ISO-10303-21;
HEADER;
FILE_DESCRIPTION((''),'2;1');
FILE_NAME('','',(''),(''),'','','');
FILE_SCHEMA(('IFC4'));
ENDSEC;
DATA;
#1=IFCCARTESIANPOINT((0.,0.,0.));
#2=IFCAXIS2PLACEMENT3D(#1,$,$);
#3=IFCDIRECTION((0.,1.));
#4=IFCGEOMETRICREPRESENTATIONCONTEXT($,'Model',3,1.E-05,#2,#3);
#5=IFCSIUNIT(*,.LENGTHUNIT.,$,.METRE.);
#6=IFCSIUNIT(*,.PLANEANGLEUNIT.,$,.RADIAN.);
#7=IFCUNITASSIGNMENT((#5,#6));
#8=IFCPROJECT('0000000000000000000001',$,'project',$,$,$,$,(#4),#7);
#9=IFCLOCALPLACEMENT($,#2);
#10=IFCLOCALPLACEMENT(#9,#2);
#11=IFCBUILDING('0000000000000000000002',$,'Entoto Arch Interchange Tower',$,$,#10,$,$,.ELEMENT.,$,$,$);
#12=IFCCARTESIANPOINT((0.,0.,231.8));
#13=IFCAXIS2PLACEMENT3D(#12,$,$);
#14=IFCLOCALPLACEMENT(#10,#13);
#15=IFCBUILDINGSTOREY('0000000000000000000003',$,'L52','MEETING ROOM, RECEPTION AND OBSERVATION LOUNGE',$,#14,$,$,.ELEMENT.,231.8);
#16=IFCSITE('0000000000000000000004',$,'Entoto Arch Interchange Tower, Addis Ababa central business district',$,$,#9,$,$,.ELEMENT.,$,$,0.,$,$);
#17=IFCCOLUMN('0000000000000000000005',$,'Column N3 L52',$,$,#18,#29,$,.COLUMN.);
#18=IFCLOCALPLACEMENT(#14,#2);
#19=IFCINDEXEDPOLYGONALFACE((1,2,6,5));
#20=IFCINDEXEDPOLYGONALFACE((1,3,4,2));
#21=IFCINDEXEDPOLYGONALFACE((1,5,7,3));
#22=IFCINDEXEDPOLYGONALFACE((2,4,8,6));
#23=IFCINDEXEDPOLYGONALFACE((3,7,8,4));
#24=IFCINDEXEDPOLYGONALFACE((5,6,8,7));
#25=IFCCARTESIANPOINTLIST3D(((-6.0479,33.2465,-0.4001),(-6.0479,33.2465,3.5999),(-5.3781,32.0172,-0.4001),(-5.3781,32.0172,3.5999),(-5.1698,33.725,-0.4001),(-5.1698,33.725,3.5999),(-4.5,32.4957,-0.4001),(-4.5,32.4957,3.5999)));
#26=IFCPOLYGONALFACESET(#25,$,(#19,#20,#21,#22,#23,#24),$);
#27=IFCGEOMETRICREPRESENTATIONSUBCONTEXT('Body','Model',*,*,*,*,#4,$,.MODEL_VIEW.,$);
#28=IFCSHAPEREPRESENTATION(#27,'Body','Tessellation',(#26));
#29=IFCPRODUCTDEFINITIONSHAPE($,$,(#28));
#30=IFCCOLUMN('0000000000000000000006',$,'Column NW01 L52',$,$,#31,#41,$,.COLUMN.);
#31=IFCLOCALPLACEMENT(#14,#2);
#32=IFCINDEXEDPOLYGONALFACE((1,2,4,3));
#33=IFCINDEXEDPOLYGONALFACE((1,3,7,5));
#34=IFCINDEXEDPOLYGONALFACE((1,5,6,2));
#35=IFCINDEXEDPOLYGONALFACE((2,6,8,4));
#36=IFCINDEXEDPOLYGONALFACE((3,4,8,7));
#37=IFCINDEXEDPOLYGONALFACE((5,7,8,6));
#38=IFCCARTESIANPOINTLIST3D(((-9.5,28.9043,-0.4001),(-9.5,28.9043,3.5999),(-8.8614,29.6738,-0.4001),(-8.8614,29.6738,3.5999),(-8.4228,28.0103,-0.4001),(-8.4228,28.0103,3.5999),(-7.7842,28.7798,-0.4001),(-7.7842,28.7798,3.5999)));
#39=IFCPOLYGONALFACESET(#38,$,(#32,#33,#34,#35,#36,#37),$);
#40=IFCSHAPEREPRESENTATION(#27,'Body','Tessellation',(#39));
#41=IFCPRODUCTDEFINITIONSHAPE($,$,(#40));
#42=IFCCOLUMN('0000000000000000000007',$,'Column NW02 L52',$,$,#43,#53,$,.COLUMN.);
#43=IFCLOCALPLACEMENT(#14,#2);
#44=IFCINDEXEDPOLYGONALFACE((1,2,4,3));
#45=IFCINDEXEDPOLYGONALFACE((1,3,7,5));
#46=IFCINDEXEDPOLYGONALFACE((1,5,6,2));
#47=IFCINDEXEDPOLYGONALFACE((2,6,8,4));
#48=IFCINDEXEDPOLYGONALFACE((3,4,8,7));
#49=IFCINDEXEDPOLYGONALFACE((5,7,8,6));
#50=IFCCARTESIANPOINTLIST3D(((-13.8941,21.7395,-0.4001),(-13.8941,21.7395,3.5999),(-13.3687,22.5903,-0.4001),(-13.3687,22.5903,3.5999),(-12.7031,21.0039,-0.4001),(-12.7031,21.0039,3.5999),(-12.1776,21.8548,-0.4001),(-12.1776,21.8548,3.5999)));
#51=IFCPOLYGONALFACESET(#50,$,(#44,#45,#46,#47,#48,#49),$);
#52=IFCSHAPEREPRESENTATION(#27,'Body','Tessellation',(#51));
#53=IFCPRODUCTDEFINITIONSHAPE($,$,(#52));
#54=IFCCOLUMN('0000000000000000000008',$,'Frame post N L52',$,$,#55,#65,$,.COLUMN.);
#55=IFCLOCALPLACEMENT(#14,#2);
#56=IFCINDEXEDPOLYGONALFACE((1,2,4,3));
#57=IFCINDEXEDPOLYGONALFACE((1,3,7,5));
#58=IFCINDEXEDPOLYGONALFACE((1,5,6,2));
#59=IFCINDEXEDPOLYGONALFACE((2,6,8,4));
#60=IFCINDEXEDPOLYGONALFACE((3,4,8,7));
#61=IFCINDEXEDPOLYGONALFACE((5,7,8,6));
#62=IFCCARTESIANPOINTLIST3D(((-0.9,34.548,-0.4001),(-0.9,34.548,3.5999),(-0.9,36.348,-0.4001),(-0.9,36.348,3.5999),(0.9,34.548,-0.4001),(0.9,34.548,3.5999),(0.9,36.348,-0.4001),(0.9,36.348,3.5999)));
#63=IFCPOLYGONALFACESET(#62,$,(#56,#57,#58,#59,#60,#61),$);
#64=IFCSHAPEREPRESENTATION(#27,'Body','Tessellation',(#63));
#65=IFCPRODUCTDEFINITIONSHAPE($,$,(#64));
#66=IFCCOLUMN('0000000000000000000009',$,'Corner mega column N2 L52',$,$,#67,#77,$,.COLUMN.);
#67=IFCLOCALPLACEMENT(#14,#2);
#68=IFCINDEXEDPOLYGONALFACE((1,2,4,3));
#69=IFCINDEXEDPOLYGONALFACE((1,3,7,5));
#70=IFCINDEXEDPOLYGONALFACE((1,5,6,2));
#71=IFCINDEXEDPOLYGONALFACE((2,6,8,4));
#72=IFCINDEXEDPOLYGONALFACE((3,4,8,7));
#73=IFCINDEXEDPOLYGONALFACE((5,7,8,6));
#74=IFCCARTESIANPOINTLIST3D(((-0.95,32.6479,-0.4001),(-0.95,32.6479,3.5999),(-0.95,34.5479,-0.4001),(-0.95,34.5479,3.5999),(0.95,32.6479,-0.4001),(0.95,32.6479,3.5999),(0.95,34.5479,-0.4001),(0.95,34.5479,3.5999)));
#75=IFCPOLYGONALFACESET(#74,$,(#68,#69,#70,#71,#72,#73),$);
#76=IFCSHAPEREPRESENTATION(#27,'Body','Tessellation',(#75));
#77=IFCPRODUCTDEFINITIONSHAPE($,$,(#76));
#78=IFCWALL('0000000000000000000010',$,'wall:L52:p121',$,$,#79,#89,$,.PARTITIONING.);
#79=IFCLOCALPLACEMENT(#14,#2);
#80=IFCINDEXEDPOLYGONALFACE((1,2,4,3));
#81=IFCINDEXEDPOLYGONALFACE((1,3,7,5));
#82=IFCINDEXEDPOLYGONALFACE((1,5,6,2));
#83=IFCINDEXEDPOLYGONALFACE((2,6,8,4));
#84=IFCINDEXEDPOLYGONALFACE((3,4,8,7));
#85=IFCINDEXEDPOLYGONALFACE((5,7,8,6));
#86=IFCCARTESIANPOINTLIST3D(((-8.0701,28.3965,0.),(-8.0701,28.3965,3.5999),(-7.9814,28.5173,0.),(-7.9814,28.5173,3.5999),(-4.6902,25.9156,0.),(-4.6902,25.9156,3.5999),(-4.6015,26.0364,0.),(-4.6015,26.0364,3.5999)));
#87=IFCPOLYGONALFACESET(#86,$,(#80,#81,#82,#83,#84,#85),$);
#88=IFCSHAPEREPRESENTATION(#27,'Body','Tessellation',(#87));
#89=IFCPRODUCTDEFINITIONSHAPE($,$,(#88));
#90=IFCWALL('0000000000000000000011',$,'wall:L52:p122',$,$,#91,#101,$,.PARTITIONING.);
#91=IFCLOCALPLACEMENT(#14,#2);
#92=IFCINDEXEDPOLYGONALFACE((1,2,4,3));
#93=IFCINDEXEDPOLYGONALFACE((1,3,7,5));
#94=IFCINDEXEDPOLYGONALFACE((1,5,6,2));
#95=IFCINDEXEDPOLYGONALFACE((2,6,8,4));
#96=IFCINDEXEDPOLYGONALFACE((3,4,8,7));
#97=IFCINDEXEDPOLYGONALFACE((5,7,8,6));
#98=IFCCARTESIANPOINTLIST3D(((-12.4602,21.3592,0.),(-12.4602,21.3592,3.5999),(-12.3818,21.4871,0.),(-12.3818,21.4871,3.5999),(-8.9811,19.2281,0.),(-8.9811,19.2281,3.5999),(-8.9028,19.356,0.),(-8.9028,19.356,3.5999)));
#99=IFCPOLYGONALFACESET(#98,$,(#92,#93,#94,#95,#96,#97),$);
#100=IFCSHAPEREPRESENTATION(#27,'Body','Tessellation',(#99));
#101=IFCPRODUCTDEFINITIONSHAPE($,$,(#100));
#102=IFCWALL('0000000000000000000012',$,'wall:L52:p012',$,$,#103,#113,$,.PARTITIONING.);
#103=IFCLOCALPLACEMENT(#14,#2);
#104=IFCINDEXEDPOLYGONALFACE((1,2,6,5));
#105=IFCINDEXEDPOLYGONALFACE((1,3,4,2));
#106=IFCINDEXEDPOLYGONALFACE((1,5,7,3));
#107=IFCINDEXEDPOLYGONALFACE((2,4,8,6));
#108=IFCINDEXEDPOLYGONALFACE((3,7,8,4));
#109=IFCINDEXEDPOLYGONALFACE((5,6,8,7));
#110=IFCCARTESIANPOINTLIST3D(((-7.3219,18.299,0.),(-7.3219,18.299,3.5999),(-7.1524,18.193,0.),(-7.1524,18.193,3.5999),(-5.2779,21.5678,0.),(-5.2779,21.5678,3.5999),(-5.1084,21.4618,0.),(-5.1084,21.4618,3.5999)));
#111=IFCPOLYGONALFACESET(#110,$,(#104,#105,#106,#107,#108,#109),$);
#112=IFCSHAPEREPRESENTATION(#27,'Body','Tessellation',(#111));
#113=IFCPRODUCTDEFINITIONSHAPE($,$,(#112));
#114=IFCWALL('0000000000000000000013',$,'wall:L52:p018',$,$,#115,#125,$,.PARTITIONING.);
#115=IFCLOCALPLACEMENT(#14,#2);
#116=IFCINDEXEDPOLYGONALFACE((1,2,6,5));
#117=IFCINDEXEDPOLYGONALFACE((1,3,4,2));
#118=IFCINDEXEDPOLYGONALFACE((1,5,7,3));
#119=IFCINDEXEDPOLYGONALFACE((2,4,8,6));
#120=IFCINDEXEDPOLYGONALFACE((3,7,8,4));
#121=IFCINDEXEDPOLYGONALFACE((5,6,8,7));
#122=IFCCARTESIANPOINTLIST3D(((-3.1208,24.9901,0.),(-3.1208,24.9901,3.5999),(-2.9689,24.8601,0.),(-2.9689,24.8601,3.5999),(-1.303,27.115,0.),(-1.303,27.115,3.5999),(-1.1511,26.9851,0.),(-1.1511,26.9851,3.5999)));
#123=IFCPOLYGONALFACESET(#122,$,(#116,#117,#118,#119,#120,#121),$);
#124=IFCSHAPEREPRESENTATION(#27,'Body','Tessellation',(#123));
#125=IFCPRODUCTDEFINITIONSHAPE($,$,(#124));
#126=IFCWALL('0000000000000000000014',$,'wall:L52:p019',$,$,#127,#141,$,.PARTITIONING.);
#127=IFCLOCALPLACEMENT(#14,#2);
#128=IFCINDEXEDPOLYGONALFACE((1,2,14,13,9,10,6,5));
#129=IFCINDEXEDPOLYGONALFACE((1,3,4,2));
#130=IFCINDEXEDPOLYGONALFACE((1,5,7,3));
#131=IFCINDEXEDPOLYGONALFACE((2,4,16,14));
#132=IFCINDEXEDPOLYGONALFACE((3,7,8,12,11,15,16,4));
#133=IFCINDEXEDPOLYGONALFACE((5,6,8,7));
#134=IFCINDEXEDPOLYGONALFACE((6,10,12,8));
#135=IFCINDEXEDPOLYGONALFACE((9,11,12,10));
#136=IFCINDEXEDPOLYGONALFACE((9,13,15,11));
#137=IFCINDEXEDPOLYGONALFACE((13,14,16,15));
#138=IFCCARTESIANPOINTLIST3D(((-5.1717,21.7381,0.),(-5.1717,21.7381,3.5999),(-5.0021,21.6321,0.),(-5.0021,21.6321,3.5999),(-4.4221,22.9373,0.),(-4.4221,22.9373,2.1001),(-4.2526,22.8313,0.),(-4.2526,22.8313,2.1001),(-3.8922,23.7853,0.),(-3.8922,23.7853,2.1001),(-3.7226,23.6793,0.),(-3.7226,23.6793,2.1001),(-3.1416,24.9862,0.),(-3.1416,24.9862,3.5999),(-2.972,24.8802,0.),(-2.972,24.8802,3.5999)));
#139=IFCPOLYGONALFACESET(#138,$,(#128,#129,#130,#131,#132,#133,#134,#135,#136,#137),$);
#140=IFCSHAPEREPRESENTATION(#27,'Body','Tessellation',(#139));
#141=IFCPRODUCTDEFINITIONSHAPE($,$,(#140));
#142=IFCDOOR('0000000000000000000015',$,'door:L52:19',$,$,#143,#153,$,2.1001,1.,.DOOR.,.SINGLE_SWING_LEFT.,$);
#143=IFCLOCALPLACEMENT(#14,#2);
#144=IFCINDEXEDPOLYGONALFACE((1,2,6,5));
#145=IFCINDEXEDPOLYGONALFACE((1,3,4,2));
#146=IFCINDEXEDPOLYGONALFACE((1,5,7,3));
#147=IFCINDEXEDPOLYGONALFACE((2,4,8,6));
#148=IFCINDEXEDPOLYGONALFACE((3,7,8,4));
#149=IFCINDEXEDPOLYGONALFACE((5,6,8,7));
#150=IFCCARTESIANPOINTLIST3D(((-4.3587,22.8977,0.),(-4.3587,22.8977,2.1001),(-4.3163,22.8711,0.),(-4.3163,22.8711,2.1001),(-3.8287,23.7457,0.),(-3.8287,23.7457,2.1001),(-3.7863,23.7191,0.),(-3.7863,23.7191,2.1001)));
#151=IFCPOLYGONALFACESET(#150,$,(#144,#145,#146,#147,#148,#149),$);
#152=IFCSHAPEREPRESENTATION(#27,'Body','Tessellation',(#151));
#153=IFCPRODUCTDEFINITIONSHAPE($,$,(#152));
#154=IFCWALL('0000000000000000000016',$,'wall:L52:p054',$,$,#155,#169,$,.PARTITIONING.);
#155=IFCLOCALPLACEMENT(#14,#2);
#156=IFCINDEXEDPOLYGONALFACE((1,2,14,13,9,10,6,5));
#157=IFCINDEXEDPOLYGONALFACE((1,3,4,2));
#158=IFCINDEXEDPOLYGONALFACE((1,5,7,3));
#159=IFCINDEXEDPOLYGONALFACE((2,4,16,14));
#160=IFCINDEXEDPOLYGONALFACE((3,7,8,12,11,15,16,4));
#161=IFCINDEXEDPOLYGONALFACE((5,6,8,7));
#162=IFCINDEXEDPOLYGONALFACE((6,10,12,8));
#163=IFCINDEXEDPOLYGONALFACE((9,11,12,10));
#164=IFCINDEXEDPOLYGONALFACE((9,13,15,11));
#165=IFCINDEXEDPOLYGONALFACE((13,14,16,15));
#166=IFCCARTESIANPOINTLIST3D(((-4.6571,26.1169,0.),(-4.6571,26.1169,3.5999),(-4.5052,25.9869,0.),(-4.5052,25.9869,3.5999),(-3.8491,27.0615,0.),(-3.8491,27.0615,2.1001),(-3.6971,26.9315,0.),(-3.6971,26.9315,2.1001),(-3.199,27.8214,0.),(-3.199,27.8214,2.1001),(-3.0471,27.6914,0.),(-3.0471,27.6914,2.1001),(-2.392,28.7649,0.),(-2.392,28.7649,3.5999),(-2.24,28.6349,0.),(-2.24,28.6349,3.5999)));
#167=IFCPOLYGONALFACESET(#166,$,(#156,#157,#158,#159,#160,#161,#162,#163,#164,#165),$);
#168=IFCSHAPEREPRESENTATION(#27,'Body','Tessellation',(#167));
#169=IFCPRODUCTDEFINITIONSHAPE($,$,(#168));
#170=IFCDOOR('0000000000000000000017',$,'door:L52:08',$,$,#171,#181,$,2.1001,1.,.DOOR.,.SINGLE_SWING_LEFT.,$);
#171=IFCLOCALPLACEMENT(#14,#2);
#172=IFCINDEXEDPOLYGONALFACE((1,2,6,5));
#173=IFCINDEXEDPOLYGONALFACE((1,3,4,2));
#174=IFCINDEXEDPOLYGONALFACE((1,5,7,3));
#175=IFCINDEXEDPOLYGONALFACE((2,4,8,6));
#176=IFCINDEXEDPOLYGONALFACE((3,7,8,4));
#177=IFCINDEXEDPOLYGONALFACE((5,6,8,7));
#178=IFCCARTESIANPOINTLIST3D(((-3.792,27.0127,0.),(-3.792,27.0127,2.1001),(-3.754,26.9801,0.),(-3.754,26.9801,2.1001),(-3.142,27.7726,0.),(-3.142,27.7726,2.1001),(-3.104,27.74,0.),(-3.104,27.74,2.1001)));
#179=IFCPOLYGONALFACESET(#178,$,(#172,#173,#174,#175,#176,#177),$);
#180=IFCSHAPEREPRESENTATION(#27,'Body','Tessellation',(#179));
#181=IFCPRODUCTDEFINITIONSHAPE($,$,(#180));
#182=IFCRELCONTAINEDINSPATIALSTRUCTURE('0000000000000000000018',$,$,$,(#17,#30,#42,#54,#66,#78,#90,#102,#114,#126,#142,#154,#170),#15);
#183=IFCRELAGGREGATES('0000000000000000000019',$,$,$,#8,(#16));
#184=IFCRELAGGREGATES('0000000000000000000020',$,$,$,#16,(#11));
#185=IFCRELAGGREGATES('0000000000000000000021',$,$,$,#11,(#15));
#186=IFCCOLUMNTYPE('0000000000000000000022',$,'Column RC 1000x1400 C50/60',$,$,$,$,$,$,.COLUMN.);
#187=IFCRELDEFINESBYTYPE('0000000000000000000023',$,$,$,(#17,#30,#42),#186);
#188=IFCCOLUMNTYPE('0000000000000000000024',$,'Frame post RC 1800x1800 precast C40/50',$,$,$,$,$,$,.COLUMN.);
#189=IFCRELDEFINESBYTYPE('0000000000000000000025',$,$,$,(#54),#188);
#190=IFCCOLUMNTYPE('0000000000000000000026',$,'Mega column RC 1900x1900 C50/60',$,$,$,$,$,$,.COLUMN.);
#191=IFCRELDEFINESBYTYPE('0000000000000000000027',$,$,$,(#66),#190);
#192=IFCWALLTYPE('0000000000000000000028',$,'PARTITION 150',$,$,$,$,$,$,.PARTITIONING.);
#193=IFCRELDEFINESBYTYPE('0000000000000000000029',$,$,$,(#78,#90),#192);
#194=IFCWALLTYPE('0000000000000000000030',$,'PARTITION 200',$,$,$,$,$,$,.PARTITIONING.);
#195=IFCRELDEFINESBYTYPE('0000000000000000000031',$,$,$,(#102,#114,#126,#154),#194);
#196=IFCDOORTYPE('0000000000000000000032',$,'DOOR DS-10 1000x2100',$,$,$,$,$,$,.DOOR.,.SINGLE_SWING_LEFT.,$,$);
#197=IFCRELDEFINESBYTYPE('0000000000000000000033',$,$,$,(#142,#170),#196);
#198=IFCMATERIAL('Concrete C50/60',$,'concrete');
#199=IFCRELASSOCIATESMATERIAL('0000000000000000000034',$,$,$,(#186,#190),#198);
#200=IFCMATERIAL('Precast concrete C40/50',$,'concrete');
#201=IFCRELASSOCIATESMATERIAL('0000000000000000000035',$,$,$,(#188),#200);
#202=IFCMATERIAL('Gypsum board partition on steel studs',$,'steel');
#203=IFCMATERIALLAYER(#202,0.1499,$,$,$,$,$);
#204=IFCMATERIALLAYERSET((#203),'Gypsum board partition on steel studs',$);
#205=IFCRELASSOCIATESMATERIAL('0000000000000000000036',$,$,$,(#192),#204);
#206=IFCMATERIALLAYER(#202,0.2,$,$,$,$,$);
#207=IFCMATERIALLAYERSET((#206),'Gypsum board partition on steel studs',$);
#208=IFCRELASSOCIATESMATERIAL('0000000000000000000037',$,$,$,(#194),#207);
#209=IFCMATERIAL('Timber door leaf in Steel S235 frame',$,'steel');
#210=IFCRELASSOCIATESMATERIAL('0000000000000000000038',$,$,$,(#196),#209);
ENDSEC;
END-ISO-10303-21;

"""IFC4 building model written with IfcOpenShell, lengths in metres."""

from ifc_helpers import new_model, si_unit, direction, frame, frame_2d, origin, origin_2d, place, context, subcontext, project, spatial, rectangle, extrude, material, layer, layer_set, material_profile, profile_set, type_object, element, fill, save


model = new_model("IFC4")

# Units and contexts
model_context = context("Model", 3, precision=1e-05, world=origin(), true_north=direction((0.0, 1.0)))
body_context = subcontext(model_context, "Body", "Model", "MODEL_VIEW")
ifc_project = project(units=[si_unit("LENGTHUNIT", "METRE"), si_unit("PLANEANGLEUNIT", "RADIAN")], contexts=[model_context])

# Site, building, storey
site_placement = place(None, origin())
site = spatial("IfcSite", under=ifc_project, at=site_placement, Name="Entoto Arch Interchange Tower, Addis Ababa central business district", CompositionType="ELEMENT", RefElevation=0.0)
building_placement = place(site_placement, origin())
building = spatial("IfcBuilding", under=site, at=building_placement, Name="Entoto Arch Interchange Tower", CompositionType="ELEMENT")
storey_placement = place(building_placement, frame((0.0, 0.0, 231.8)))
storey = spatial("IfcBuildingStorey", under=building, at=storey_placement, Name="L52", Description="MEETING ROOM, RECEPTION AND OBSERVATION LOUNGE", CompositionType="ELEMENT", Elevation=231.8)

# Columns
ifc_material_1 = material(Name="Concrete C50/60", Category="concrete")
ifc_material_profile_1 = material_profile(ifc_material_1, rectangle(XDim=1.0, YDim=1.3999, at=origin_2d()))
ifc_profile_set_1 = profile_set([ifc_material_profile_1], Name="Concrete C50/60")
column_type_1 = type_object("IfcColumnType", Name="Column RC 1000x1400 C50/60", PredefinedType="COLUMN", material=ifc_profile_set_1)
for number, where, z_axis, x_axis, name in (
    (1, (-5.2739, 32.8711, -0.4001), (0.0, 0.0, 1.0), (0.8781, 0.478477, 0.0), "Column N3 L52"),
    (2, (-8.6421, 28.842, -0.4001), (0.0, 0.0, 1.0), (0.63866, 0.769489, 0.0), "Column NW01 L52"),
    (3, (-13.0359, 21.7971, -0.4001), (0.0, 0.0, 1.0), (0.525427, 0.850839, 0.0), "Column NW02 L52"),
):
    element("IfcColumn", number, at=place(storey_placement, frame(where, z_axis=z_axis, x_axis=x_axis)), inside=storey, type_object=column_type_1, Name=name, PredefinedType="COLUMN", context=body_context, shape_type="SweptSolid", body=[
        extrude(rectangle(XDim=1.0, YDim=1.3999, at=origin_2d()), origin(), (0.0, 0.0, 1.0), 4.0),
    ])
ifc_material_2 = material(Name="Precast concrete C40/50", Category="concrete")
ifc_material_profile_2 = material_profile(ifc_material_2, rectangle(XDim=1.8, YDim=1.8, at=origin_2d()))
ifc_profile_set_2 = profile_set([ifc_material_profile_2], Name="Precast concrete C40/50")
column_type_2 = type_object("IfcColumnType", Name="Frame post RC 1800x1800 precast C40/50", PredefinedType="COLUMN", material=ifc_profile_set_2)
column_1_placement = place(storey_placement, frame((0.0, 35.448, -0.4001), z_axis=(0.0, 0.0, 1.0), x_axis=(0.0, 1.0, 0.0)))
element("IfcColumn", 4, at=column_1_placement, inside=storey, type_object=column_type_2, Name="Frame post N L52", PredefinedType="COLUMN", context=body_context, shape_type="SweptSolid", body=[
    extrude(rectangle(XDim=1.8, YDim=1.8, at=origin_2d()), origin(), (0.0, 0.0, 1.0), 4.0),
])
ifc_material_profile_3 = material_profile(ifc_material_1, rectangle(XDim=1.8999, YDim=1.8999, at=origin_2d()))
ifc_profile_set_3 = profile_set([ifc_material_profile_3], Name="Concrete C50/60")
column_type_3 = type_object("IfcColumnType", Name="Mega column RC 1900x1900 C50/60", PredefinedType="COLUMN", material=ifc_profile_set_3)
column_2_placement = place(storey_placement, frame((0.0, 33.5979, -0.4001), z_axis=(0.0, 0.0, 1.0), x_axis=(0.0, 1.0, 0.0)))
element("IfcColumn", 5, at=column_2_placement, inside=storey, type_object=column_type_3, Name="Corner mega column N2 L52", PredefinedType="COLUMN", context=body_context, shape_type="SweptSolid", body=[
    extrude(rectangle(XDim=1.8999, YDim=1.8999, at=origin_2d()), origin(), (0.0, 0.0, 1.0), 4.0),
])

# Walls
ifc_material_3 = material(Name="Gypsum board partition on steel studs", Category="steel")
ifc_layer_1 = layer(ifc_material_3, 0.1499)
ifc_layer_set_1 = layer_set([ifc_layer_1], Name="Gypsum board partition on steel studs")
wall_type_1 = type_object("IfcWallType", Name="PARTITION 150", PredefinedType="PARTITIONING", material=ifc_layer_set_1)
wall_1_placement = place(storey_placement, frame((-4.646, 25.9761, 0.0), z_axis=(0.0, 0.0, 1.0), x_axis=(-0.806135, 0.591732, 0.0)))
element("IfcWall", 6, at=wall_1_placement, inside=storey, type_object=wall_type_1, Name="wall:L52:p121", PredefinedType="PARTITIONING", context=body_context, shape_type="SweptSolid", body=[
    extrude(rectangle(XDim=4.1926, YDim=0.1499, at=frame_2d((2.0962, 0.0))), origin(), (0.0, 0.0, 1.0), 3.5999),
])
wall_2_placement = place(storey_placement, frame((-8.9419, 19.292, 0.0), z_axis=(0.0, 0.0, 1.0), x_axis=(-0.852731, 0.52235, 0.0)))
element("IfcWall", 7, at=wall_2_placement, inside=storey, type_object=wall_type_1, Name="wall:L52:p122", PredefinedType="PARTITIONING", context=body_context, shape_type="SweptSolid", body=[
    extrude(rectangle(XDim=4.0798, YDim=0.1499, at=frame_2d((2.04, 0.0))), origin(), (0.0, 0.0, 1.0), 3.5999),
])
ifc_layer_2 = layer(ifc_material_3, 0.2)
ifc_layer_set_2 = layer_set([ifc_layer_2], Name="Gypsum board partition on steel studs")
wall_type_2 = type_object("IfcWallType", Name="PARTITION 200", PredefinedType="PARTITIONING", material=ifc_layer_set_2)
wall_3_placement = place(storey_placement, frame((-5.1931, 21.5149, 0.0), z_axis=(0.0, 0.0, 1.0), x_axis=(-0.530175, -0.847888, 0.0)))
element("IfcWall", 8, at=wall_3_placement, inside=storey, type_object=wall_type_2, Name="wall:L52:p012", PredefinedType="PARTITIONING", context=body_context, shape_type="SweptSolid", body=[
    extrude(rectangle(XDim=3.8552, YDim=0.2, at=frame_2d((1.9277, 0.0))), origin(), (0.0, 0.0, 1.0), 3.5999),
])
wall_4_placement = place(storey_placement, frame((-1.2271, 27.05, 0.0), z_axis=(0.0, 0.0, 1.0), x_axis=(-0.650058, -0.759885, 0.0)))
element("IfcWall", 9, at=wall_4_placement, inside=storey, type_object=wall_type_2, Name="wall:L52:p018", PredefinedType="PARTITIONING", context=body_context, shape_type="SweptSolid", body=[
    extrude(rectangle(XDim=2.7964, YDim=0.2, at=frame_2d((1.3982, 0.0))), origin(), (0.0, 0.0, 1.0), 3.5999),
])

# Walls, openings, doors
wall_5_placement = place(storey_placement, frame((-3.0569, 24.9331, 0.0), z_axis=(0.0, 0.0, 1.0), x_axis=(-0.529999, -0.847998, 0.0)))
wall_5 = element("IfcWall", 10, at=wall_5_placement, inside=storey, type_object=wall_type_2, Name="wall:L52:p019", PredefinedType="PARTITIONING", context=body_context, shape_type="SweptSolid", body=[
    extrude(rectangle(XDim=3.8303, YDim=0.2, at=frame_2d((1.915, 0.0))), origin(), (0.0, 0.0, 1.0), 3.5999),
])
opening_1_placement = place(wall_5_placement, frame((1.416, 0.0, 0.0)))
opening_1 = element("IfcOpeningElement", 11, at=opening_1_placement, cuts=wall_5, PredefinedType="OPENING", context=body_context, shape_type="SweptSolid", body=[
    extrude(rectangle(XDim=1.0, YDim=2.1001, at=frame_2d((0.5, 1.05))), frame((0.0, 0.1099, 0.0), z_axis=(0.0, -1.0, 0.0), x_axis=(1.0, 0.0, 0.0)), (0.0, 0.0, 1.0), 0.22),
])
ifc_material_4 = material(Name="Timber door leaf in Steel S235 frame", Category="steel")
door_type = type_object("IfcDoorType", Name="DOOR DS-10 1000x2100", OperationType="SINGLE_SWING_LEFT", PredefinedType="DOOR", material=ifc_material_4)
door_1_placement = place(opening_1_placement, origin())
door_1 = element("IfcDoor", 12, at=door_1_placement, inside=storey, type_object=door_type, Name="door:L52:19", OperationType="SINGLE_SWING_LEFT", OverallHeight=2.1001, OverallWidth=1.0, PredefinedType="DOOR", context=body_context, shape_type="SweptSolid", body=[
    extrude(rectangle(XDim=1.0, YDim=2.1001, at=frame_2d((0.5, 1.05))), frame((0.0, 0.0249, 0.0), z_axis=(0.0, -1.0, 0.0), x_axis=(1.0, 0.0, 0.0)), (0.0, 0.0, 1.0), 0.05),
])
fill(opening_1, door_1)
wall_6_placement = place(storey_placement, frame((-4.5811, 26.052, 0.0), z_axis=(0.0, 0.0, 1.0), x_axis=(0.650041, 0.759899, 0.0)))
wall_6 = element("IfcWall", 13, at=wall_6_placement, inside=storey, type_object=wall_type_2, Name="wall:L52:p054", PredefinedType="PARTITIONING", context=body_context, shape_type="SweptSolid", body=[
    extrude(rectangle(XDim=3.4846, YDim=0.2, at=frame_2d((1.7422, 0.0))), origin(), (0.0, 0.0, 1.0), 3.5999),
])
opening_2_placement = place(wall_6_placement, frame((1.2429, 0.0, 0.0)))
opening_2 = element("IfcOpeningElement", 14, at=opening_2_placement, cuts=wall_6, PredefinedType="OPENING", context=body_context, shape_type="SweptSolid", body=[
    extrude(rectangle(XDim=1.0, YDim=2.1001, at=frame_2d((0.5, 1.05))), frame((0.0, 0.1099, 0.0), z_axis=(0.0, -1.0, 0.0), x_axis=(1.0, 0.0, 0.0)), (0.0, 0.0, 1.0), 0.22),
])
door_2_placement = place(opening_2_placement, origin())
door_2 = element("IfcDoor", 15, at=door_2_placement, inside=storey, type_object=door_type, Name="door:L52:08", OperationType="SINGLE_SWING_LEFT", OverallHeight=2.1001, OverallWidth=1.0, PredefinedType="DOOR", context=body_context, shape_type="SweptSolid", body=[
    extrude(rectangle(XDim=1.0, YDim=2.1001, at=frame_2d((0.5, 1.05))), frame((0.0, 0.0249, 0.0), z_axis=(0.0, -1.0, 0.0), x_axis=(1.0, 0.0, 0.0)), (0.0, 0.0, 1.0), 0.05),
])
fill(opening_2, door_2)

save(model, "model.ifc")
